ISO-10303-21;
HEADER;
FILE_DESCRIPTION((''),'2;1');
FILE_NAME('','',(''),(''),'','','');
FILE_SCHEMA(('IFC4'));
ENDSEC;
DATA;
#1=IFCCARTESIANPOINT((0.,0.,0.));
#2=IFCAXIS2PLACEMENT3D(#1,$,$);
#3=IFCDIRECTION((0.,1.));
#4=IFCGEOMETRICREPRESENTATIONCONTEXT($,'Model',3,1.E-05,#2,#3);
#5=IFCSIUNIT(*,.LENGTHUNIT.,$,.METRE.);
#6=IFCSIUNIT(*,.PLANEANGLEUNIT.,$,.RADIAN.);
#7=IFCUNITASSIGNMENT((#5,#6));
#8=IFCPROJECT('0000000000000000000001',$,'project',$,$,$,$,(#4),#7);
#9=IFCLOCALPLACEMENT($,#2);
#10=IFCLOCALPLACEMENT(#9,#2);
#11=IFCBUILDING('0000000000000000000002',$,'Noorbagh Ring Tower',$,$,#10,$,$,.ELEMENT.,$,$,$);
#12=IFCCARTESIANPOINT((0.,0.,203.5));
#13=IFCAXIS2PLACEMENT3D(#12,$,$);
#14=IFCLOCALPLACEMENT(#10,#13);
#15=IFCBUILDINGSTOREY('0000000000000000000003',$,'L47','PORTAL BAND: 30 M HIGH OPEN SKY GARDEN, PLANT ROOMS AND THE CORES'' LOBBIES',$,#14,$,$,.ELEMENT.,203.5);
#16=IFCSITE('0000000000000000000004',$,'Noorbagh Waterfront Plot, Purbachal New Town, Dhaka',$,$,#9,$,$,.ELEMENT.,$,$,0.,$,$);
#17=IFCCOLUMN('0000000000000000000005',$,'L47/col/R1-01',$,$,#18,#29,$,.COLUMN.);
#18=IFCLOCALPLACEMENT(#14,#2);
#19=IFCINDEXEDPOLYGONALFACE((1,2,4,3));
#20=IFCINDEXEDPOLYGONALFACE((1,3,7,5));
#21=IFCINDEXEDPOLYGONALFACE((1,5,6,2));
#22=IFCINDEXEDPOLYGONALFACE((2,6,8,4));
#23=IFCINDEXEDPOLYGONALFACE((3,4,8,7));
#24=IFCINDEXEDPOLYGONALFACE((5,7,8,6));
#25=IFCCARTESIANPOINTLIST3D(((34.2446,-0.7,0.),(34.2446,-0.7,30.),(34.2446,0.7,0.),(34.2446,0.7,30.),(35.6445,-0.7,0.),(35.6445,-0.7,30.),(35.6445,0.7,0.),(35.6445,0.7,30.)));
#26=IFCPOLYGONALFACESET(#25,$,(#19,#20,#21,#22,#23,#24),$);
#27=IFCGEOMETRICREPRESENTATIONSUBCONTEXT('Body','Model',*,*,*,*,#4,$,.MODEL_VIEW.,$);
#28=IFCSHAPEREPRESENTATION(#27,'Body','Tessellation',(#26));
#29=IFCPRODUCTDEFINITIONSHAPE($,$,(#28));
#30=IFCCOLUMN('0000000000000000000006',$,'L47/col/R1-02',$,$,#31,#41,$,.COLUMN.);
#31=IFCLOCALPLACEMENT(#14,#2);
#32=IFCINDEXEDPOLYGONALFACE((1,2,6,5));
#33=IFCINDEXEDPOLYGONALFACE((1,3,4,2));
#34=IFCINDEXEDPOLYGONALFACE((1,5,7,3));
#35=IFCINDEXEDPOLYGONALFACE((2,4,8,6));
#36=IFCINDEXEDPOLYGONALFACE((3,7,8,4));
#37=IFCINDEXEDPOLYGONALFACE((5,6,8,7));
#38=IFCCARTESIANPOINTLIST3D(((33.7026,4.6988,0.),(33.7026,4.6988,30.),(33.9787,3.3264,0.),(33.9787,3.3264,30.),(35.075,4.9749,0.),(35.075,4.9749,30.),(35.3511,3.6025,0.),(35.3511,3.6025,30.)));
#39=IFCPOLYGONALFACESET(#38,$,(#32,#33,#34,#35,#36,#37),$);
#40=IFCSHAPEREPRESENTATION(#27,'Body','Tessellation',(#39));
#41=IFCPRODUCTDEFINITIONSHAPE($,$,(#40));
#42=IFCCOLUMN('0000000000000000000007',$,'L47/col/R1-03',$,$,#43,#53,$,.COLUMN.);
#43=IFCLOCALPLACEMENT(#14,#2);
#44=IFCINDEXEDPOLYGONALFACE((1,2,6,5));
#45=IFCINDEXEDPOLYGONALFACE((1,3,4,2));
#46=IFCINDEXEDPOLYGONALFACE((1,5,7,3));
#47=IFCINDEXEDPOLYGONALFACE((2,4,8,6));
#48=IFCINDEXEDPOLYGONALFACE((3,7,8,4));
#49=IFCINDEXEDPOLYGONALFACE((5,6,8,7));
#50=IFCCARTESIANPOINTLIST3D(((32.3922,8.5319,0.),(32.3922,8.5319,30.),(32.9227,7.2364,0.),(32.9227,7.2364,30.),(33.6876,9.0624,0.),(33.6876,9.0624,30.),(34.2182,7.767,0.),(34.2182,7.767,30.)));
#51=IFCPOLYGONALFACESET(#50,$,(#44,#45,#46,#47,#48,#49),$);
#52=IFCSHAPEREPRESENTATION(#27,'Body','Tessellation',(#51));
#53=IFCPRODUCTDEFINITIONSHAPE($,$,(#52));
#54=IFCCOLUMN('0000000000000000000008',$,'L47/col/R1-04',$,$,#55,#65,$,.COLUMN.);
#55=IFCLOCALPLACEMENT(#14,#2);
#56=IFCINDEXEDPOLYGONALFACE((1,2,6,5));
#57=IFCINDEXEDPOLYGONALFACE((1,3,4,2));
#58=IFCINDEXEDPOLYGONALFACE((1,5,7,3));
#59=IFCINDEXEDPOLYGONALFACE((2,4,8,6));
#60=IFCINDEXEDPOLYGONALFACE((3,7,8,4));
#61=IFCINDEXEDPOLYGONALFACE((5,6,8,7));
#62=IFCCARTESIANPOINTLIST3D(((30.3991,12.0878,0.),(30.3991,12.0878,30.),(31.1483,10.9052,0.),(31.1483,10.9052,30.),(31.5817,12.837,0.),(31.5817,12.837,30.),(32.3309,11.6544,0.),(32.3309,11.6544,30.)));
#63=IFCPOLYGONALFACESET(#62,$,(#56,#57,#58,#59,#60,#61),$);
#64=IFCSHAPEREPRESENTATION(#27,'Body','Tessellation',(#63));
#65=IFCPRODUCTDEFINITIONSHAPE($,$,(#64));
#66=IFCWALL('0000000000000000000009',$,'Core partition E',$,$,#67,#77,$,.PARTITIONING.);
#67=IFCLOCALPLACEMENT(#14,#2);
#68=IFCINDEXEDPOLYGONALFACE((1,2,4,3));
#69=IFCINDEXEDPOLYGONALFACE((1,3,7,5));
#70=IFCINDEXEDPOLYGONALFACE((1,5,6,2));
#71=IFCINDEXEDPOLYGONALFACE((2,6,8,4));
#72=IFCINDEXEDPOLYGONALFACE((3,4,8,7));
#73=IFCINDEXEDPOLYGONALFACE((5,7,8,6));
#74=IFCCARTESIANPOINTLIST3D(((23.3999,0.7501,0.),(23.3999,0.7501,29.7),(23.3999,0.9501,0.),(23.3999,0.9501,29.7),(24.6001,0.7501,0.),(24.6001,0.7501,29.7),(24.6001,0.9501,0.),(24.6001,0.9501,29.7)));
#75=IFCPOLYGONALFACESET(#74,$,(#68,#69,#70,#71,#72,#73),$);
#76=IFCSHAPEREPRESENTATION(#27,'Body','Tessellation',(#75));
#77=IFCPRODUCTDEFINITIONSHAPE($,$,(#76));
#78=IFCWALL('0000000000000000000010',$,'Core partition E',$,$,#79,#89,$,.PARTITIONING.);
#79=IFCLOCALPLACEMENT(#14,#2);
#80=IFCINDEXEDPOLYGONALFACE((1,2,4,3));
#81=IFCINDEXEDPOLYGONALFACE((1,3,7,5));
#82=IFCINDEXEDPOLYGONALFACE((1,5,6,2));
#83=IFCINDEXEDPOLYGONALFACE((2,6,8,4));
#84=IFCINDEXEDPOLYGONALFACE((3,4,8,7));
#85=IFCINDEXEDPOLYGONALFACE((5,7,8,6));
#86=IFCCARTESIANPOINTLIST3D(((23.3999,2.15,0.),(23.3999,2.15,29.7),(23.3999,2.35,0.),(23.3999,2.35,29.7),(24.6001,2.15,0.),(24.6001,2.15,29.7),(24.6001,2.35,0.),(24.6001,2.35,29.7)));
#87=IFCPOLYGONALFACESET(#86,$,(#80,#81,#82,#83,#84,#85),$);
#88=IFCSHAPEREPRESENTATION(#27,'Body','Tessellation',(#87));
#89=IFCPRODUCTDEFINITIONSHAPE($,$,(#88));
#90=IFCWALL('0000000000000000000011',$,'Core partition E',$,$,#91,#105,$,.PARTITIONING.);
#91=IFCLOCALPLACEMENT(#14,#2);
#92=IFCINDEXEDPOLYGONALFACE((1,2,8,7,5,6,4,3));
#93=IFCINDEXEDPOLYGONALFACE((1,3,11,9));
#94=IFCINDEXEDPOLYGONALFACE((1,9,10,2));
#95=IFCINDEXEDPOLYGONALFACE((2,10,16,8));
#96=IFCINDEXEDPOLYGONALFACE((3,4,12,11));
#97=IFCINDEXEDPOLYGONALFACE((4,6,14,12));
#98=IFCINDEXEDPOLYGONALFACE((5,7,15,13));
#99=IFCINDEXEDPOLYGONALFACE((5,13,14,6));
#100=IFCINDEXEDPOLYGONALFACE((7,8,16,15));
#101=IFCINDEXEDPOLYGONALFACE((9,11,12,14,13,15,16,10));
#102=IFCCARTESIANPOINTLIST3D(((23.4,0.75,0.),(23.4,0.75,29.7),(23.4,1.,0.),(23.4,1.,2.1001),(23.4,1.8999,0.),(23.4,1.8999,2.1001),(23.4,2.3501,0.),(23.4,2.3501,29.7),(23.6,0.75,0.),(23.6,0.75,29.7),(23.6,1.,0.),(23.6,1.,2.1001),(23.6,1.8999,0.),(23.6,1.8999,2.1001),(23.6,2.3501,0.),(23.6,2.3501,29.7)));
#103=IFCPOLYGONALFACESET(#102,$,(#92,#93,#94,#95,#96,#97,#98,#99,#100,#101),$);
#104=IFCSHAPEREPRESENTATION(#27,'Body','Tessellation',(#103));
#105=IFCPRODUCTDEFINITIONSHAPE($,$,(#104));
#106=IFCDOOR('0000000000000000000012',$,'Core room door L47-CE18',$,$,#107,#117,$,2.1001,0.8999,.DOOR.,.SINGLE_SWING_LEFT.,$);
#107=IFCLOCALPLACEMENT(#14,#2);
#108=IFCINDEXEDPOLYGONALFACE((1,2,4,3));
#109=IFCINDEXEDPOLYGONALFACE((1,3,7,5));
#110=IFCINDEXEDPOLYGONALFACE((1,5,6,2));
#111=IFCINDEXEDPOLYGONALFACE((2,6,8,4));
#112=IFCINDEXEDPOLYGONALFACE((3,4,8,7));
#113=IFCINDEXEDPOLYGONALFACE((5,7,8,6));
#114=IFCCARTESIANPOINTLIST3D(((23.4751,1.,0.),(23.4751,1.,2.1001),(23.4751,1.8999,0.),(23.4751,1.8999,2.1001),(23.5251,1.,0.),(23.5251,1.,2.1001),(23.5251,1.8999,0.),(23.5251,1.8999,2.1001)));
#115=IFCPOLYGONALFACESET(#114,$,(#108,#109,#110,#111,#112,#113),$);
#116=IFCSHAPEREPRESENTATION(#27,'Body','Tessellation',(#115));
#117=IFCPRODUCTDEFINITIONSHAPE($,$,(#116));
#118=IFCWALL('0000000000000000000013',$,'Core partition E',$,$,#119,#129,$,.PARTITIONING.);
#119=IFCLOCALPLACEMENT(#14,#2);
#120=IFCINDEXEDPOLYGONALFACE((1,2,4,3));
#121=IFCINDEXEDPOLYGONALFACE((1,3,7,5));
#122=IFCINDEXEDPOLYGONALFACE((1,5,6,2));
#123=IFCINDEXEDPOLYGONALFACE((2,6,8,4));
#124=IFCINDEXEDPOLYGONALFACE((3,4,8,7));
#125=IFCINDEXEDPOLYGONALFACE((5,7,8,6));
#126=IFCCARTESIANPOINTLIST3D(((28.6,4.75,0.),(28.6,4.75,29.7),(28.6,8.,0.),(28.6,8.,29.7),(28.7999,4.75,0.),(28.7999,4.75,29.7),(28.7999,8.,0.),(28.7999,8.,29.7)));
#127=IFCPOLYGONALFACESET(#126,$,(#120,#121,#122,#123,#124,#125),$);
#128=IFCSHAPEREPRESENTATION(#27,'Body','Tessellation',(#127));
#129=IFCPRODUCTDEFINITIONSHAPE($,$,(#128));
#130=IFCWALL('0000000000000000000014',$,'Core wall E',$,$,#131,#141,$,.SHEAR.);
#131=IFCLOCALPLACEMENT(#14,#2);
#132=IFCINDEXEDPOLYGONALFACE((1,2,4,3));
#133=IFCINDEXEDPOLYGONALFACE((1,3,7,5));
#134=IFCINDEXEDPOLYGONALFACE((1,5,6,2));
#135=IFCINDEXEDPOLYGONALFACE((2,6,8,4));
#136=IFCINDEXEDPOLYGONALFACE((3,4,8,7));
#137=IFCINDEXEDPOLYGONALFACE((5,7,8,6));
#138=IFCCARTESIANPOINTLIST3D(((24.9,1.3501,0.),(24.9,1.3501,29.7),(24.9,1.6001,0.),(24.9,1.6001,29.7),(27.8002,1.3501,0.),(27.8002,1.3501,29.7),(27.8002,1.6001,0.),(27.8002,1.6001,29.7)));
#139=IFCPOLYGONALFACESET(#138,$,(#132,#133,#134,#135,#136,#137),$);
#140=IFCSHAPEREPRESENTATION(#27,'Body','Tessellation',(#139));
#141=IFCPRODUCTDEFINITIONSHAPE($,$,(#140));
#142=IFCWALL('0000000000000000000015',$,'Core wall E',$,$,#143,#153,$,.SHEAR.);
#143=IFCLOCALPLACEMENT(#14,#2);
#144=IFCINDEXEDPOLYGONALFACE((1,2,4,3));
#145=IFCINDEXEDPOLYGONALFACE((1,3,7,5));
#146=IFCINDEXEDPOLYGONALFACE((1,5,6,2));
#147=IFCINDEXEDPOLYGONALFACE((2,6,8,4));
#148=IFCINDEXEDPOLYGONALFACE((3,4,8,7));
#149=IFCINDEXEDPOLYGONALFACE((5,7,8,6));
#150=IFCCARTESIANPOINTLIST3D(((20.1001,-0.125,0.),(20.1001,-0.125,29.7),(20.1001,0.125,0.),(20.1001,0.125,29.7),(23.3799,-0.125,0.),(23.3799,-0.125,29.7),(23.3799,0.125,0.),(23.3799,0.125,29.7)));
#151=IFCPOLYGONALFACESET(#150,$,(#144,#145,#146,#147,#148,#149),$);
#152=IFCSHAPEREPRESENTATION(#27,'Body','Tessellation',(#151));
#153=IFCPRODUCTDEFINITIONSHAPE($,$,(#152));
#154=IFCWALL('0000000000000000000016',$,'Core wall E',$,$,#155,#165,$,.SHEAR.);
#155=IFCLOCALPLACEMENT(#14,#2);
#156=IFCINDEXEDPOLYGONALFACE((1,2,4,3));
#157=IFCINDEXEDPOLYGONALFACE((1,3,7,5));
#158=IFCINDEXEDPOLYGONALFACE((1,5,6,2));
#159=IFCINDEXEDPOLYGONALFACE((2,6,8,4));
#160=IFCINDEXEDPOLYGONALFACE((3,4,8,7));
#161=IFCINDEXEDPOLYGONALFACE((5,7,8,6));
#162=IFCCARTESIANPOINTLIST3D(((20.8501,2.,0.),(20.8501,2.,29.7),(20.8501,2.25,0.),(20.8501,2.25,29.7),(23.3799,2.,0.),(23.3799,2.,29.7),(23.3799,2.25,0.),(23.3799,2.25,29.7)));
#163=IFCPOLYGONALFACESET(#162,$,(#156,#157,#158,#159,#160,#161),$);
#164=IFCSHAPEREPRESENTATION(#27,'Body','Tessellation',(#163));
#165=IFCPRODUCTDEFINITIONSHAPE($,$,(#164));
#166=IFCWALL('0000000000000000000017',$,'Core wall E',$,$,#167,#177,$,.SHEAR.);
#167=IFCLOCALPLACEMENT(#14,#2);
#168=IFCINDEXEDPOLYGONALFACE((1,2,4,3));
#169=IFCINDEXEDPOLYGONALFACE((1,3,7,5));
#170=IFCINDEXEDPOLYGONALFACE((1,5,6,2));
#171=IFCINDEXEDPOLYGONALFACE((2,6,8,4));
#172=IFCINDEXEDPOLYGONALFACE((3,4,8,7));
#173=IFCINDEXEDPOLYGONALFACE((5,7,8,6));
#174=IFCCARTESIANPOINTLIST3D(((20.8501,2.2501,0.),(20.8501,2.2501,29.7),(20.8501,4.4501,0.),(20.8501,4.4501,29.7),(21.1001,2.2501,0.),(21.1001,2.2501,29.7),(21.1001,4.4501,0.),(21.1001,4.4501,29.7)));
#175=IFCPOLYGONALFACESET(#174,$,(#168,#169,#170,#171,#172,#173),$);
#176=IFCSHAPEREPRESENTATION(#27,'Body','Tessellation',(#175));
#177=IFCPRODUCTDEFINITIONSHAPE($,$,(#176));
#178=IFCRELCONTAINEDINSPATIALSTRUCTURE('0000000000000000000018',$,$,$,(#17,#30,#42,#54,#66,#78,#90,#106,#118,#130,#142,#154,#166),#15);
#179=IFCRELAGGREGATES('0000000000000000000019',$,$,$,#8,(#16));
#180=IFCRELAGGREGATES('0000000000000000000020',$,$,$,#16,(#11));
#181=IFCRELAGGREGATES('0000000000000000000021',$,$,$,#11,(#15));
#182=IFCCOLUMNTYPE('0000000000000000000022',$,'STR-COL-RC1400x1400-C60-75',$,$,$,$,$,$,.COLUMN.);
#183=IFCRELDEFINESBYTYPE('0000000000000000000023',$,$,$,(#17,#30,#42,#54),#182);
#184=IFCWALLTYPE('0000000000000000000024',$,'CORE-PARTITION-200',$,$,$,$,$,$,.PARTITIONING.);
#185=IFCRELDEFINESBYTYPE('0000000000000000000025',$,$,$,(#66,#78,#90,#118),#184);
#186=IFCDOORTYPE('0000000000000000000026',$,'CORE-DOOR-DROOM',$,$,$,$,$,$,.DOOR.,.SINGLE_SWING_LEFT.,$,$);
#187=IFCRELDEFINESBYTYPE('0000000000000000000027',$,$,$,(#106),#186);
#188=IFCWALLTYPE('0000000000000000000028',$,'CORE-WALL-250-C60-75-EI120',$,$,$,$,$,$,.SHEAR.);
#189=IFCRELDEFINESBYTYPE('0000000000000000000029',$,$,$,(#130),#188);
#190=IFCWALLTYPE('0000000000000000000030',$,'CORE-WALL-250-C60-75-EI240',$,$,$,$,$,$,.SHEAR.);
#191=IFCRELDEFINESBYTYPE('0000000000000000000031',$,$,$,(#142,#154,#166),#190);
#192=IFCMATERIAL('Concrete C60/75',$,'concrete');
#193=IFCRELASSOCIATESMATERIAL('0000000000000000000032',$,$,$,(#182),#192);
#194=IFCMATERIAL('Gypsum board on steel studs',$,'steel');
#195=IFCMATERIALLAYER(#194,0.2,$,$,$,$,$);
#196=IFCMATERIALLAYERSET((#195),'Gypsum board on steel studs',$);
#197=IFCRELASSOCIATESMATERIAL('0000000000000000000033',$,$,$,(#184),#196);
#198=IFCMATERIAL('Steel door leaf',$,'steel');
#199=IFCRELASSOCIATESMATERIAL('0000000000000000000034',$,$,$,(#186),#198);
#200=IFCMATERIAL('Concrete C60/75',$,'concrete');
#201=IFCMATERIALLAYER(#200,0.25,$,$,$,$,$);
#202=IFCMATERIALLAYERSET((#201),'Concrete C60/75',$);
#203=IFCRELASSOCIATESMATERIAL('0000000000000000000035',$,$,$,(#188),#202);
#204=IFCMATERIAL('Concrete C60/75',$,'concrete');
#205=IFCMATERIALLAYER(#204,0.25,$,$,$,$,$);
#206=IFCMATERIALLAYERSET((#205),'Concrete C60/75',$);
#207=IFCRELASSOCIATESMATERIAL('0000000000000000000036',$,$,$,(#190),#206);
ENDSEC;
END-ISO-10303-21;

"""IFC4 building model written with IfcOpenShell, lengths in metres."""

from ifc_helpers import new_model, si_unit, direction, frame, frame_2d, origin, origin_2d, place, context, subcontext, project, spatial, rectangle, extrude, material, layer, layer_set, material_profile, profile_set, type_object, element, fill, save


model = new_model("IFC4")

# Units and contexts
model_context = context("Model", 3, precision=1e-05, world=origin(), true_north=direction((0.0, 1.0)))
body_context = subcontext(model_context, "Body", "Model", "MODEL_VIEW")
ifc_project = project(units=[si_unit("LENGTHUNIT", "METRE"), si_unit("PLANEANGLEUNIT", "RADIAN")], contexts=[model_context])

# Site, building, storey
site_placement = place(None, origin())
site = spatial("IfcSite", under=ifc_project, at=site_placement, Name="Noorbagh Waterfront Plot, Purbachal New Town, Dhaka", CompositionType="ELEMENT", RefElevation=0.0)
building_placement = place(site_placement, origin())
building = spatial("IfcBuilding", under=site, at=building_placement, Name="Noorbagh Ring Tower", CompositionType="ELEMENT")
storey_placement = place(building_placement, frame((0.0, 0.0, 203.5)))
storey = spatial("IfcBuildingStorey", under=building, at=storey_placement, Name="L47", Description="PORTAL BAND: 30 M HIGH OPEN SKY GARDEN, PLANT ROOMS AND THE CORES' LOBBIES", CompositionType="ELEMENT", Elevation=203.5)

# Columns
ifc_material_1 = material(Name="Concrete C60/75", Category="concrete")
ifc_material_profile = material_profile(ifc_material_1, rectangle(XDim=1.3999, YDim=1.3999, at=origin_2d()), Name="RC1400x1400")
ifc_profile_set = profile_set([ifc_material_profile], Name="Concrete C60/75")
column_type = type_object("IfcColumnType", Name="STR-COL-RC1400x1400-C60-75", PredefinedType="COLUMN", material=ifc_profile_set)
for number, where, z_axis, x_axis, name in (
    (1, (34.9446, 0.0, 0.0), (0.0, 0.0, 1.0), (0.0, 1.0, 0.0), "L47/col/R1-01"),
    (2, (34.5269, 4.1506, 0.0), (0.0, 0.0, 1.0), (-0.19723, 0.980357, 0.0), "L47/col/R1-02"),
    (3, (33.3052, 8.1494, 0.0), (0.0, 0.0, 1.0), (-0.378989, 0.925401, 0.0), "L47/col/R1-03"),
    (4, (31.365, 11.8711, 0.0), (0.0, 0.0, 1.0), (-0.53519, 0.844731, 0.0), "L47/col/R1-04"),
):
    element("IfcColumn", number, at=place(storey_placement, frame(where, z_axis=z_axis, x_axis=x_axis)), inside=storey, type_object=column_type, Name=name, PredefinedType="COLUMN", context=body_context, shape_type="SweptSolid", body=[
        extrude(rectangle(XDim=1.3999, YDim=1.3999, at=origin_2d()), origin(), (0.0, 0.0, 1.0), 30.0),
    ])

# Walls
ifc_material_2 = material(Name="Gypsum board on steel studs", Category="steel")
ifc_layer_1 = layer(ifc_material_2, 0.2)
ifc_layer_set_1 = layer_set([ifc_layer_1], Name="Gypsum board on steel studs")
wall_type_1 = type_object("IfcWallType", Name="CORE-PARTITION-200", PredefinedType="PARTITIONING", material=ifc_layer_set_1)
for number, where, z_axis, x_axis, name in (
    (5, (23.3999, 0.8501, 0.0), (0.0, 0.0, 1.0), (1.0, 0.0, 0.0), "Core partition E"),
    (6, (23.3999, 2.25, 0.0), (0.0, 0.0, 1.0), (1.0, 0.0, 0.0), "Core partition E"),
):
    element("IfcWall", number, at=place(storey_placement, frame(where, z_axis=z_axis, x_axis=x_axis)), inside=storey, type_object=wall_type_1, Name=name, PredefinedType="PARTITIONING", context=body_context, shape_type="SweptSolid", body=[
        extrude(rectangle(XDim=1.2002, YDim=0.2, at=frame_2d((0.6001, 0.0))), origin(), (0.0, 0.0, 1.0), 29.7),
    ])

# Wall, opening, door
wall_1_placement = place(storey_placement, frame((23.5, 0.75, 0.0), z_axis=(0.0, 0.0, 1.0), x_axis=(0.0, 1.0, 0.0)))
wall_1 = element("IfcWall", 7, at=wall_1_placement, inside=storey, type_object=wall_type_1, Name="Core partition E", PredefinedType="PARTITIONING", context=body_context, shape_type="SweptSolid", body=[
    extrude(rectangle(XDim=1.6001, YDim=0.2, at=frame_2d((0.8, 0.0))), origin(), (0.0, 0.0, 1.0), 29.7),
])
opening_1_placement = place(wall_1_placement, frame((0.25, 0.0, 0.0)))
opening_1 = element("IfcOpeningElement", 8, at=opening_1_placement, cuts=wall_1, PredefinedType="OPENING", context=body_context, shape_type="SweptSolid", body=[
    extrude(rectangle(XDim=0.8999, YDim=2.1001, at=frame_2d((0.45, 1.05))), frame((0.0, 0.1099, 0.0), z_axis=(0.0, -1.0, 0.0), x_axis=(1.0, 0.0, 0.0)), (0.0, 0.0, 1.0), 0.22),
])
ifc_material_3 = material(Name="Steel door leaf", Category="steel")
door_type_1 = type_object("IfcDoorType", Name="CORE-DOOR-DROOM", OperationType="SINGLE_SWING_LEFT", PredefinedType="DOOR", material=ifc_material_3)
door_1_placement = place(opening_1_placement, origin())
door_1 = element("IfcDoor", 9, at=door_1_placement, inside=storey, type_object=door_type_1, Name="Core room door L47-CE18", OperationType="SINGLE_SWING_LEFT", OverallHeight=2.1001, OverallWidth=0.8999, PredefinedType="DOOR", context=body_context, shape_type="SweptSolid", body=[
    extrude(rectangle(XDim=0.8999, YDim=2.1001, at=frame_2d((0.45, 1.05))), frame((0.0, 0.0249, 0.0), z_axis=(0.0, -1.0, 0.0), x_axis=(1.0, 0.0, 0.0)), (0.0, 0.0, 1.0), 0.05),
])
fill(opening_1, door_1)

# Walls
wall_2_placement = place(storey_placement, frame((28.7, 4.75, 0.0), z_axis=(0.0, 0.0, 1.0), x_axis=(0.0, 1.0, 0.0)))
element("IfcWall", 10, at=wall_2_placement, inside=storey, type_object=wall_type_1, Name="Core partition E", PredefinedType="PARTITIONING", context=body_context, shape_type="SweptSolid", body=[
    extrude(rectangle(XDim=3.25, YDim=0.2, at=frame_2d((1.625, 0.0))), origin(), (0.0, 0.0, 1.0), 29.7),
])
ifc_material_4 = material(Name="Concrete C60/75", Category="concrete")
ifc_layer_2 = layer(ifc_material_4, 0.25)
ifc_layer_set_2 = layer_set([ifc_layer_2], Name="Concrete C60/75")
wall_type_2 = type_object("IfcWallType", Name="CORE-WALL-250-C60-75-EI120", PredefinedType="SHEAR", material=ifc_layer_set_2)
wall_3_placement = place(storey_placement, frame((24.8999, 1.4751, 0.0), z_axis=(0.0, 0.0, 1.0), x_axis=(1.0, 0.0, 0.0)))
element("IfcWall", 11, at=wall_3_placement, inside=storey, type_object=wall_type_2, Name="Core wall E", PredefinedType="SHEAR", context=body_context, shape_type="SweptSolid", body=[
    extrude(rectangle(XDim=2.9001, YDim=0.25, at=frame_2d((1.4502, 0.0))), origin(), (0.0, 0.0, 1.0), 29.7),
])
ifc_material_5 = material(Name="Concrete C60/75", Category="concrete")
ifc_layer_3 = layer(ifc_material_5, 0.25)
ifc_layer_set_3 = layer_set([ifc_layer_3], Name="Concrete C60/75")
wall_type_3 = type_object("IfcWallType", Name="CORE-WALL-250-C60-75-EI240", PredefinedType="SHEAR", material=ifc_layer_set_3)
wall_4_placement = place(storey_placement, frame((20.1001, 0.0, 0.0), z_axis=(0.0, 0.0, 1.0), x_axis=(1.0, 0.0, 0.0)))
element("IfcWall", 12, at=wall_4_placement, inside=storey, type_object=wall_type_3, Name="Core wall E", PredefinedType="SHEAR", context=body_context, shape_type="SweptSolid", body=[
    extrude(rectangle(XDim=3.2798, YDim=0.25, at=frame_2d((1.6399, 0.0))), origin(), (0.0, 0.0, 1.0), 29.7),
])
wall_5_placement = place(storey_placement, frame((20.8501, 2.125, 0.0), z_axis=(0.0, 0.0, 1.0), x_axis=(1.0, 0.0, 0.0)))
element("IfcWall", 13, at=wall_5_placement, inside=storey, type_object=wall_type_3, Name="Core wall E", PredefinedType="SHEAR", context=body_context, shape_type="SweptSolid", body=[
    extrude(rectangle(XDim=2.5298, YDim=0.25, at=frame_2d((1.2649, 0.0))), origin(), (0.0, 0.0, 1.0), 29.7),
])
wall_6_placement = place(storey_placement, frame((20.9751, 2.25, 0.0), z_axis=(0.0, 0.0, 1.0), x_axis=(0.0, 1.0, 0.0)))
element("IfcWall", 14, at=wall_6_placement, inside=storey, type_object=wall_type_3, Name="Core wall E", PredefinedType="SHEAR", context=body_context, shape_type="SweptSolid", body=[
    extrude(rectangle(XDim=2.2, YDim=0.25, at=frame_2d((1.1001, 0.0))), origin(), (0.0, 0.0, 1.0), 29.7),
])

save(model, "model.ifc")
